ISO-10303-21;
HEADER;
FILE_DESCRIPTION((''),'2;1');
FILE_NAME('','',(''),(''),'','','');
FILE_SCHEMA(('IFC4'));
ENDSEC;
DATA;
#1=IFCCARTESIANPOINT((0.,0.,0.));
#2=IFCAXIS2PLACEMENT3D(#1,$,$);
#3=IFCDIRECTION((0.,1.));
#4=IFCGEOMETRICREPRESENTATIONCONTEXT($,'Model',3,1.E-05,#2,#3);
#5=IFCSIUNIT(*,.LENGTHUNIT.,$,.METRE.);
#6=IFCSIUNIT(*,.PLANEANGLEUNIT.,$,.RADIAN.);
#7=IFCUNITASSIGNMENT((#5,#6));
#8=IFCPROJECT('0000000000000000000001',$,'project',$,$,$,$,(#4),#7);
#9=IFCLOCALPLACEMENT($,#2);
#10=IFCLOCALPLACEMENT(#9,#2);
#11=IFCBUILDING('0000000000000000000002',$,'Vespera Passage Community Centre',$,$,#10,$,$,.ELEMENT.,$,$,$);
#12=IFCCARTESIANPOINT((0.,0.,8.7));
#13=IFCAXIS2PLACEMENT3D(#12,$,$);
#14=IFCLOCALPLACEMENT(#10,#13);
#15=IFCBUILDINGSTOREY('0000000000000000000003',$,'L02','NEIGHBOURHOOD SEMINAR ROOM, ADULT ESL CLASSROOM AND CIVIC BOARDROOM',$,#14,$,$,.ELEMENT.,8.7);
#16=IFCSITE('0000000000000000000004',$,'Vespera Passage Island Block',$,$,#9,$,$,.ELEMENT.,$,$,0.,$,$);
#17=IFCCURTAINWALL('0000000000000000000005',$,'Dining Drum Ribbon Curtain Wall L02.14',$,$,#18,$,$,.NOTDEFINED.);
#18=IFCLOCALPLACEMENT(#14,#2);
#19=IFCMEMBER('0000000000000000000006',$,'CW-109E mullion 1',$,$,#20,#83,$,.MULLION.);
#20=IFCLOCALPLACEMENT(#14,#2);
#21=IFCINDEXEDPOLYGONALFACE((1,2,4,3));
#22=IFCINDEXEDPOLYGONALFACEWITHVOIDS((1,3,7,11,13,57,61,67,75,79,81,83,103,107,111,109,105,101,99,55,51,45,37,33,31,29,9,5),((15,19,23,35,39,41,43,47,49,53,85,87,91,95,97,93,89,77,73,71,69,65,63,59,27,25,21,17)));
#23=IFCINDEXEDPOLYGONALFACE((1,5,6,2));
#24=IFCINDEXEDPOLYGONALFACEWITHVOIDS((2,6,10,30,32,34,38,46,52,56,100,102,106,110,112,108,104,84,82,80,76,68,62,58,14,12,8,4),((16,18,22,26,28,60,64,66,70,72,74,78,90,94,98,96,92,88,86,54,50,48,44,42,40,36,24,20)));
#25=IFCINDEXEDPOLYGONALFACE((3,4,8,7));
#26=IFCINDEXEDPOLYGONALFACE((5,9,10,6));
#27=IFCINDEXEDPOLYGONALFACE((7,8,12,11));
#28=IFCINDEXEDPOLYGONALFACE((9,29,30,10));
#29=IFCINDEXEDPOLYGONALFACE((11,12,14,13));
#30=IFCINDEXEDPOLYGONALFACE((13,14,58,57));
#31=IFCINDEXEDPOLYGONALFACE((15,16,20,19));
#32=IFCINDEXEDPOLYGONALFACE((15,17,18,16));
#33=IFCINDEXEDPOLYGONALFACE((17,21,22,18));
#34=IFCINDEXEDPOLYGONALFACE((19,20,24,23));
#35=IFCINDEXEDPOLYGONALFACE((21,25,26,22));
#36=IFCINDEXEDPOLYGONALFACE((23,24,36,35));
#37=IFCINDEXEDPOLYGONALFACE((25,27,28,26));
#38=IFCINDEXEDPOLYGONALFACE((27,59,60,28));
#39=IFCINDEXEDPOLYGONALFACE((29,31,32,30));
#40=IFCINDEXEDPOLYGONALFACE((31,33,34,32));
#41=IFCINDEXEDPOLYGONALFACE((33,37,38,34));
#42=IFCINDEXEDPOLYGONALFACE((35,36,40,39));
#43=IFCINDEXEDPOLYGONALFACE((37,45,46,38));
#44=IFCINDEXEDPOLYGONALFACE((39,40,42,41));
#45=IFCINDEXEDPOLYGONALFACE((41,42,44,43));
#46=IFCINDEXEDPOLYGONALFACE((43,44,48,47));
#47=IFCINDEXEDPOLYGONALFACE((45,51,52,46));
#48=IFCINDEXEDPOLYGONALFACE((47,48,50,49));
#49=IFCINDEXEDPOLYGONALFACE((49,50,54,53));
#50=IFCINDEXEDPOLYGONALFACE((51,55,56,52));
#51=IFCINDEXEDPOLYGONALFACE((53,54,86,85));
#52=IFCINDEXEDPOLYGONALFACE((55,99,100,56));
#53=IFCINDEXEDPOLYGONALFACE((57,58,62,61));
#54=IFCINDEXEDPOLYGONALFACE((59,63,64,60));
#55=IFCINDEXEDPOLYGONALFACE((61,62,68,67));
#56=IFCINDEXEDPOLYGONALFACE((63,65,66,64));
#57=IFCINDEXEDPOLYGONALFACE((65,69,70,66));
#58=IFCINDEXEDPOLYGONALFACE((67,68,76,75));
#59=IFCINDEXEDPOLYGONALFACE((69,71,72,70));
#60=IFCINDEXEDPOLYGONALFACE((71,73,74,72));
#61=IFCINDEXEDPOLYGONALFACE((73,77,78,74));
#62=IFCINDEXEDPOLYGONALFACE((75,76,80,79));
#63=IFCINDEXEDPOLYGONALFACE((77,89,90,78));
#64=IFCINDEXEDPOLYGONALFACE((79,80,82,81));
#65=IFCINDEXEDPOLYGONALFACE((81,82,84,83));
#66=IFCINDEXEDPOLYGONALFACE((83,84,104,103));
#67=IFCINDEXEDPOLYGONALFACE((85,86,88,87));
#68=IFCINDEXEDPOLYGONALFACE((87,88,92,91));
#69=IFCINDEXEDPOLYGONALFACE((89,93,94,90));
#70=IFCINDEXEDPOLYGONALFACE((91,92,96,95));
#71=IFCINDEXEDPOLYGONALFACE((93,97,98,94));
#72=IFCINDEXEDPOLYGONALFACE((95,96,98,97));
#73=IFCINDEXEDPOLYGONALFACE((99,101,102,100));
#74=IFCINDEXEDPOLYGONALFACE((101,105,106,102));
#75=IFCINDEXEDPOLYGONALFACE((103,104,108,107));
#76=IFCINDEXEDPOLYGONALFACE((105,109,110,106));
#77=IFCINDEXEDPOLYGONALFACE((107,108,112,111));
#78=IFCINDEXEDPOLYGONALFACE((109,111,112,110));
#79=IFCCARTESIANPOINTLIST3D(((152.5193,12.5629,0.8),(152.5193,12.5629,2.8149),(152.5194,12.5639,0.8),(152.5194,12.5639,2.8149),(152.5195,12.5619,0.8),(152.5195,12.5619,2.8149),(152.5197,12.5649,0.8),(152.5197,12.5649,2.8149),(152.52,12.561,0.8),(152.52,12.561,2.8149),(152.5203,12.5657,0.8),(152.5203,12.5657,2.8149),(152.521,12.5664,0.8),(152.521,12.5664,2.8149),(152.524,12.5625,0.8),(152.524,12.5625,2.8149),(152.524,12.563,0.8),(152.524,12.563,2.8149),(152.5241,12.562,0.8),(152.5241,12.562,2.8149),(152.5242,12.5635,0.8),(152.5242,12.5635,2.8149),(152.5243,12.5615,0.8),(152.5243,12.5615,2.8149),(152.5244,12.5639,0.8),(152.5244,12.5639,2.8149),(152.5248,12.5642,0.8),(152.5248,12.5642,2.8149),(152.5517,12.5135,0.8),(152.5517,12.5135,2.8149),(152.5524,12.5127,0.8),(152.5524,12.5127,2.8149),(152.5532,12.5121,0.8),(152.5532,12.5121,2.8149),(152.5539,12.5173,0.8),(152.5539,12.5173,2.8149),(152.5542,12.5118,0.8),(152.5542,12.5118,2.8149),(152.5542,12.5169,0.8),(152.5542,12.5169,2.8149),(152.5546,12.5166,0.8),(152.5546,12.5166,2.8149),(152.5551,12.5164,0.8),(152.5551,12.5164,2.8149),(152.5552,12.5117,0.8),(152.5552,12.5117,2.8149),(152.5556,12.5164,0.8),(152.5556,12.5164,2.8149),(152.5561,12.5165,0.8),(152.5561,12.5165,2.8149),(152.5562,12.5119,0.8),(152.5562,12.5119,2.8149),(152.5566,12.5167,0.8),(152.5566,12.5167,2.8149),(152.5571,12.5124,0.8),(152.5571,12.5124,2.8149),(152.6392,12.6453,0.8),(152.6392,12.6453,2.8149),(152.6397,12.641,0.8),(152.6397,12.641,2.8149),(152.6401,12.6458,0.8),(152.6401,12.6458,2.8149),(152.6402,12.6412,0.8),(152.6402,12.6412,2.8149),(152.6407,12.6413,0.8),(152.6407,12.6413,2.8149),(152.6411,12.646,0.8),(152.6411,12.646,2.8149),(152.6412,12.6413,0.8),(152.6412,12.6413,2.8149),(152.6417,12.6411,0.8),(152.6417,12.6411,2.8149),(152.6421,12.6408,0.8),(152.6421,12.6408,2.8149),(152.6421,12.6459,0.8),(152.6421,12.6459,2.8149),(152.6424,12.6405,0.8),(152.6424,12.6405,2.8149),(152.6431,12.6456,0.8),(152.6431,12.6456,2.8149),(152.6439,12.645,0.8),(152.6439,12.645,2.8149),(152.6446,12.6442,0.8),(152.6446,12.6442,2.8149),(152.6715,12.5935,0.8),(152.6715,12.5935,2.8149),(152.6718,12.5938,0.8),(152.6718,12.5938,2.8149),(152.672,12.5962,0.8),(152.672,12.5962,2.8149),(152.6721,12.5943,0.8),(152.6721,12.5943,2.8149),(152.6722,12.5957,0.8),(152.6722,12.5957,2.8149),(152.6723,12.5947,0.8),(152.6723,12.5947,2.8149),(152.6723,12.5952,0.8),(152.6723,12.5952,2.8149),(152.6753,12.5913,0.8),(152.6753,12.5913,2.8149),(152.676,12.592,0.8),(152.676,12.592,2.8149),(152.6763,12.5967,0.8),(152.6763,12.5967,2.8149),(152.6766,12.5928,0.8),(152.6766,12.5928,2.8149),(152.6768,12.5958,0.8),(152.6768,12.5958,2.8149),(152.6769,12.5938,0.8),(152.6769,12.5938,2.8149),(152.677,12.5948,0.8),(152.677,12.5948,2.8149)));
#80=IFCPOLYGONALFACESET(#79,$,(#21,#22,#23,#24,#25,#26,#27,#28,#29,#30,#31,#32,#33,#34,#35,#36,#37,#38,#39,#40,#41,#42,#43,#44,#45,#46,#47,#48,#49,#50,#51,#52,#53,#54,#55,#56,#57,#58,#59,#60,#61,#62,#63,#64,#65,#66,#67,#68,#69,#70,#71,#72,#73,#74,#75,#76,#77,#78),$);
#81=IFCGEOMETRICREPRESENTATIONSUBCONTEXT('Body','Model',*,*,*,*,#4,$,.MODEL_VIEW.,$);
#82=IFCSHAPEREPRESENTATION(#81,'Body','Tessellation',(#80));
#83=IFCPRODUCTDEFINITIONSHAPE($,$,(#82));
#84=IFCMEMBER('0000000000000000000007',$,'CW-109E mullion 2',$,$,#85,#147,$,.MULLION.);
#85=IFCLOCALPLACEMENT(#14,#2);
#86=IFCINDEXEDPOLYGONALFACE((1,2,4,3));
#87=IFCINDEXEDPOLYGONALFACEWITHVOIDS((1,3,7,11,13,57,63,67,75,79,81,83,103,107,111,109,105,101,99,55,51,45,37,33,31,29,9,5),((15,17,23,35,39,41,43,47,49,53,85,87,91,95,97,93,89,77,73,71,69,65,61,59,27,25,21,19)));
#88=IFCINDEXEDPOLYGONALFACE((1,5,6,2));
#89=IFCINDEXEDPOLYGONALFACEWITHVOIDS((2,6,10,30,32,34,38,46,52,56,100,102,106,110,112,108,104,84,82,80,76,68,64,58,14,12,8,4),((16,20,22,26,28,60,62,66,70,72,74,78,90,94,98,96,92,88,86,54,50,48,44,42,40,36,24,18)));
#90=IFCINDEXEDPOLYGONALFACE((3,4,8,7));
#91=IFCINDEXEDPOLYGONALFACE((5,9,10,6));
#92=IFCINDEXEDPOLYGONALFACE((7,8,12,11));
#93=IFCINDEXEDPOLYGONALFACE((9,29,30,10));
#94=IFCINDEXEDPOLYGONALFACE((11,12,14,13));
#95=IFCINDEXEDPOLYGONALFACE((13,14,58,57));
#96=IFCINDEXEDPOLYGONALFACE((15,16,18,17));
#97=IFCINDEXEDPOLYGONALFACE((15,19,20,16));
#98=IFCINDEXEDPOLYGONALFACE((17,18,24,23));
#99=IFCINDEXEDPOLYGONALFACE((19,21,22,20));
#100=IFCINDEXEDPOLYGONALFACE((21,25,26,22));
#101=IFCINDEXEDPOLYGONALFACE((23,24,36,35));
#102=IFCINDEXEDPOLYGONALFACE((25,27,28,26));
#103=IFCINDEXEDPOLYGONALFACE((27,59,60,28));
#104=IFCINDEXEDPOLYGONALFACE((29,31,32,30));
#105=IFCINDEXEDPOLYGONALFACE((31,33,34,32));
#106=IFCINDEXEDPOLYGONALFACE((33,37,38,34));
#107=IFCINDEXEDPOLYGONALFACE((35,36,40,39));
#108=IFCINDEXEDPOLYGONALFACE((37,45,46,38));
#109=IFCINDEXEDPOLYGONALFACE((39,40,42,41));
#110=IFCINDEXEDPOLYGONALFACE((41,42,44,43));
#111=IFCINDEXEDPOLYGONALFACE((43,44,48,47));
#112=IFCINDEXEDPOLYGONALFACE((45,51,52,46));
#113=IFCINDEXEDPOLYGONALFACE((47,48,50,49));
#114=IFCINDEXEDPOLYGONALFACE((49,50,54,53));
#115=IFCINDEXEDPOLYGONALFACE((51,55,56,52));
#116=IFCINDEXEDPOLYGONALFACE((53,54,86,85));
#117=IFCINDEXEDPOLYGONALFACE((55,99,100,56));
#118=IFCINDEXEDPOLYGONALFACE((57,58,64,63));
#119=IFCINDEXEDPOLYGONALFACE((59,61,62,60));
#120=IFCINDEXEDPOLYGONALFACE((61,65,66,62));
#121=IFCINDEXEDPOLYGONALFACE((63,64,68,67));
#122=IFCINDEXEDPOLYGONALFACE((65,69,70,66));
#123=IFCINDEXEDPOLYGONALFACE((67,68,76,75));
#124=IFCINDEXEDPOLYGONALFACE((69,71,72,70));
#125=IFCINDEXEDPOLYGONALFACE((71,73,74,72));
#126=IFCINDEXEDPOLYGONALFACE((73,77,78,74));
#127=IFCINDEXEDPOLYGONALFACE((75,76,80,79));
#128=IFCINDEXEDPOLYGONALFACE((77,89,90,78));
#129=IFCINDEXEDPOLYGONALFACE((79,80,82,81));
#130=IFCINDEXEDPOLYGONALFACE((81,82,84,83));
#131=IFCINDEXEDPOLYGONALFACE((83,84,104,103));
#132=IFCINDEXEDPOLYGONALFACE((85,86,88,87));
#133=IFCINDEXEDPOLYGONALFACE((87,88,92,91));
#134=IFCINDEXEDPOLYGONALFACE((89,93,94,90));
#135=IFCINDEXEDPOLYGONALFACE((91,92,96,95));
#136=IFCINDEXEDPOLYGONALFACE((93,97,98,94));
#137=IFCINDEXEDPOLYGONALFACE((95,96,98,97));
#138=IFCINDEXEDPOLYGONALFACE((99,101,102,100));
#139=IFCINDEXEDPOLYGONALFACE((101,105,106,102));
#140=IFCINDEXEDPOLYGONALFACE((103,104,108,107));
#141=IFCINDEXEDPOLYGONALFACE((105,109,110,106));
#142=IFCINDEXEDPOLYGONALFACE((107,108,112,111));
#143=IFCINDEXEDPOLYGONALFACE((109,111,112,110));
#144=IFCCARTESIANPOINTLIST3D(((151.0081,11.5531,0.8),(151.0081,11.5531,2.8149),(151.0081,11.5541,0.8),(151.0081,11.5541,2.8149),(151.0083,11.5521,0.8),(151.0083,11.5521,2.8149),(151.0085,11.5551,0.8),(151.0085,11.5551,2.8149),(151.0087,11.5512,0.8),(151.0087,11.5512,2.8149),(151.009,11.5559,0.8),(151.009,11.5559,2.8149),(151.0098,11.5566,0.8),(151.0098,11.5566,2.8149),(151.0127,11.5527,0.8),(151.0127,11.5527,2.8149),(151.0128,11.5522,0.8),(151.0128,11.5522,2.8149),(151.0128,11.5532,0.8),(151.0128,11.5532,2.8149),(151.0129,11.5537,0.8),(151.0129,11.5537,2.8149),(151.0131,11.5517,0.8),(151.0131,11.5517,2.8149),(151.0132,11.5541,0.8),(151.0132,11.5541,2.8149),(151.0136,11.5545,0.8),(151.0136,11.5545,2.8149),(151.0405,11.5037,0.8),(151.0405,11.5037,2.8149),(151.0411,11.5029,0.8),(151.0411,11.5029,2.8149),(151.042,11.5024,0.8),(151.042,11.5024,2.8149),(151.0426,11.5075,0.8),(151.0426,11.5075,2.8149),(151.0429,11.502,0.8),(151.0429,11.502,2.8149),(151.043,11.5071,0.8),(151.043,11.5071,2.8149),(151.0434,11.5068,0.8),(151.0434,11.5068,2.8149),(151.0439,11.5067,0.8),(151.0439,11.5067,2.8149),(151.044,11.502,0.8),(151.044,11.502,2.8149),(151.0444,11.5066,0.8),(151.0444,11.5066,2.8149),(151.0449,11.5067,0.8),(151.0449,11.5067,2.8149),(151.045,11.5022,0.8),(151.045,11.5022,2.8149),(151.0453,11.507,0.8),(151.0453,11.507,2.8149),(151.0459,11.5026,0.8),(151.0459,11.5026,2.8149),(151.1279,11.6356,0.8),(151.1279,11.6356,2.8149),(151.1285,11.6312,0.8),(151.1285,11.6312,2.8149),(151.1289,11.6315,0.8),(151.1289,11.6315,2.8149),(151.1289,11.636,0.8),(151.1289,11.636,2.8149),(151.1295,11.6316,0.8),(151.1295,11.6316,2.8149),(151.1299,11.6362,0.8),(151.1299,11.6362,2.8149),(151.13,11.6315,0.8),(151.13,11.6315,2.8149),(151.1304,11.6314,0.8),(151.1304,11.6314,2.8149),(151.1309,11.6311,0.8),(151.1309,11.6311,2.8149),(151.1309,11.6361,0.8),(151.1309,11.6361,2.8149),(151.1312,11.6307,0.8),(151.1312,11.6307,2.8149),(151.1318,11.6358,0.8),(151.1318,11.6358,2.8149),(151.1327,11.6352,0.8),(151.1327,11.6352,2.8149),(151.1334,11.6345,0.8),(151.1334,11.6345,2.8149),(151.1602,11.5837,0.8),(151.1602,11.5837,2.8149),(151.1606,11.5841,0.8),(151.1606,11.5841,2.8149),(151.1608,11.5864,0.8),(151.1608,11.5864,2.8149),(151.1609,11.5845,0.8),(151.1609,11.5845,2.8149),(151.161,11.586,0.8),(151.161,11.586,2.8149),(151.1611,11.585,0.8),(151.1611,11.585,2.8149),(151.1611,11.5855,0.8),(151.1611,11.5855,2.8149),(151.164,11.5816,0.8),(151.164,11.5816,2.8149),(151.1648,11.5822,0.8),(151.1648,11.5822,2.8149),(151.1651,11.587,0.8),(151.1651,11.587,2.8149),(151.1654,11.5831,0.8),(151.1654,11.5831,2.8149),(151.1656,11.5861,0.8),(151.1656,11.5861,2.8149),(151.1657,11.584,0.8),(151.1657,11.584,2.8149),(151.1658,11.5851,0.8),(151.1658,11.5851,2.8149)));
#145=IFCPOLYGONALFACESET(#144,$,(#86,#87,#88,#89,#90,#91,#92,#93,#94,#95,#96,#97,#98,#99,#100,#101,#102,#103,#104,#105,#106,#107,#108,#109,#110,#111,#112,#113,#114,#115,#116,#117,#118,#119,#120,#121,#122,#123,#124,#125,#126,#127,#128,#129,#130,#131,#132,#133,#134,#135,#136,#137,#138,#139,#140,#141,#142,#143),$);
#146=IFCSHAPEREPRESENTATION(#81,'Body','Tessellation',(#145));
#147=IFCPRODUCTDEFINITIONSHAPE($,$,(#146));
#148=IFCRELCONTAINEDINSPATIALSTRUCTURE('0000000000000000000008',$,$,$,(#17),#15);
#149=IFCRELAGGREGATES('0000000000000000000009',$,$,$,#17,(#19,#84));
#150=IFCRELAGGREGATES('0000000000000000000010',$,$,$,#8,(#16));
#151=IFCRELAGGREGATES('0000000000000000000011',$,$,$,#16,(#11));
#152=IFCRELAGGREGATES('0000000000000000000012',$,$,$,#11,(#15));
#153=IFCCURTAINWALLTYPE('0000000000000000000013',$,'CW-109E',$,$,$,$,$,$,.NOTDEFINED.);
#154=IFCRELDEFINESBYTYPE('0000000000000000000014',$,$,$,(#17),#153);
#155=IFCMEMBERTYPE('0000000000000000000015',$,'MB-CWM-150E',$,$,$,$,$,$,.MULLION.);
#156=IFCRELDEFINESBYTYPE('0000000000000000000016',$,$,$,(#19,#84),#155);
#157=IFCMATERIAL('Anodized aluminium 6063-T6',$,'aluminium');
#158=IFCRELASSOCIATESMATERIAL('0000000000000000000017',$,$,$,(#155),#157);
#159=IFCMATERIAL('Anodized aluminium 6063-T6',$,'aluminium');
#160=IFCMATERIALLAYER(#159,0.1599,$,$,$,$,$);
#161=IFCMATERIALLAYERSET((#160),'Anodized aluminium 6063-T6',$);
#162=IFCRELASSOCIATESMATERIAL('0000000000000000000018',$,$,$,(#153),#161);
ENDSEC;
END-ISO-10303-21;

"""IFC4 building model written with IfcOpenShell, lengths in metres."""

from ifc_helpers import new_model, si_unit, direction, frame, origin, origin_2d, place, context, subcontext, project, spatial, hollow_rectangle, extrude, material, layer, layer_set, material_profile, profile_set, type_object, element, aggregate, save


model = new_model("IFC4")

# Units and contexts
model_context = context("Model", 3, precision=1e-05, world=origin(), true_north=direction((0.0, 1.0)))
body_context = subcontext(model_context, "Body", "Model", "MODEL_VIEW")
ifc_project = project(units=[si_unit("LENGTHUNIT", "METRE"), si_unit("PLANEANGLEUNIT", "RADIAN")], contexts=[model_context])

# Site, building, storey
site_placement = place(None, origin())
site = spatial("IfcSite", under=ifc_project, at=site_placement, Name="Vespera Passage Island Block", CompositionType="ELEMENT", RefElevation=0.0)
building_placement = place(site_placement, origin())
building = spatial("IfcBuilding", under=site, at=building_placement, Name="Vespera Passage Community Centre", CompositionType="ELEMENT")
storey_placement = place(building_placement, frame((0.0, 0.0, 8.7)))
storey = spatial("IfcBuildingStorey", under=building, at=storey_placement, Name="L02", Description="NEIGHBOURHOOD SEMINAR ROOM, ADULT ESL CLASSROOM AND CIVIC BOARDROOM", CompositionType="ELEMENT", Elevation=8.7)

# Curtain wall, members
ifc_material_1 = material(Name="Anodized aluminium 6063-T6", Category="aluminium")
ifc_material_profile_1 = material_profile(ifc_material_1, hollow_rectangle(XDim=0.0649, YDim=0.1499, WallThickness=0.0039, InnerFilletRadius=0.002, OuterFilletRadius=0.0039, at=origin_2d()), Name="ALU150X65X4")
ifc_profile_set_1 = profile_set([ifc_material_profile_1], Name="Anodized aluminium 6063-T6")
member_type_1 = type_object("IfcMemberType", Name="MB-CWM-150E", PredefinedType="MULLION", material=ifc_profile_set_1)
ifc_material_2 = material(Name="Anodized aluminium 6063-T6", Category="aluminium")
ifc_layer_1 = layer(ifc_material_2, 0.1599)
ifc_layer_set_1 = layer_set([ifc_layer_1], Name="Anodized aluminium 6063-T6")
curtain_wall_type_1 = type_object("IfcCurtainWallType", Name="CW-109E", PredefinedType="NOTDEFINED", material=ifc_layer_set_1)
curtain_wall_1_placement = place(storey_placement, origin())
curtain_wall_1 = element("IfcCurtainWall", 1, at=curtain_wall_1_placement, inside=storey, type_object=curtain_wall_type_1, Name="Dining Drum Ribbon Curtain Wall L02.14", PredefinedType="NOTDEFINED")
member_1_placement = place(storey_placement, frame((152.5981, 12.5789, 0.8), z_axis=(0.0, 0.0, 1.0), x_axis=(0.555565, -0.831473, 0.0)))
member_1 = element("IfcMember", 2, at=member_1_placement, type_object=member_type_1, Name="CW-109E mullion 1", PredefinedType="MULLION", context=body_context, shape_type="SweptSolid", body=[
    extrude(hollow_rectangle(XDim=0.0649, YDim=0.1499, WallThickness=0.0039, InnerFilletRadius=0.002, OuterFilletRadius=0.0039, at=origin_2d()), origin(), (0.0, 0.0, 1.0), 2.0149),
])
member_2_placement = place(storey_placement, frame((151.0869, 11.5691, 0.8), z_axis=(0.0, 0.0, 1.0), x_axis=(0.555565, -0.831473, 0.0)))
member_2 = element("IfcMember", 3, at=member_2_placement, type_object=member_type_1, Name="CW-109E mullion 2", PredefinedType="MULLION", context=body_context, shape_type="SweptSolid", body=[
    extrude(hollow_rectangle(XDim=0.0649, YDim=0.1499, WallThickness=0.0039, InnerFilletRadius=0.002, OuterFilletRadius=0.0039, at=origin_2d()), origin(), (0.0, 0.0, 1.0), 2.0149),
])

aggregate(curtain_wall_1, [member_1, member_2])

save(model, "model.ifc")
